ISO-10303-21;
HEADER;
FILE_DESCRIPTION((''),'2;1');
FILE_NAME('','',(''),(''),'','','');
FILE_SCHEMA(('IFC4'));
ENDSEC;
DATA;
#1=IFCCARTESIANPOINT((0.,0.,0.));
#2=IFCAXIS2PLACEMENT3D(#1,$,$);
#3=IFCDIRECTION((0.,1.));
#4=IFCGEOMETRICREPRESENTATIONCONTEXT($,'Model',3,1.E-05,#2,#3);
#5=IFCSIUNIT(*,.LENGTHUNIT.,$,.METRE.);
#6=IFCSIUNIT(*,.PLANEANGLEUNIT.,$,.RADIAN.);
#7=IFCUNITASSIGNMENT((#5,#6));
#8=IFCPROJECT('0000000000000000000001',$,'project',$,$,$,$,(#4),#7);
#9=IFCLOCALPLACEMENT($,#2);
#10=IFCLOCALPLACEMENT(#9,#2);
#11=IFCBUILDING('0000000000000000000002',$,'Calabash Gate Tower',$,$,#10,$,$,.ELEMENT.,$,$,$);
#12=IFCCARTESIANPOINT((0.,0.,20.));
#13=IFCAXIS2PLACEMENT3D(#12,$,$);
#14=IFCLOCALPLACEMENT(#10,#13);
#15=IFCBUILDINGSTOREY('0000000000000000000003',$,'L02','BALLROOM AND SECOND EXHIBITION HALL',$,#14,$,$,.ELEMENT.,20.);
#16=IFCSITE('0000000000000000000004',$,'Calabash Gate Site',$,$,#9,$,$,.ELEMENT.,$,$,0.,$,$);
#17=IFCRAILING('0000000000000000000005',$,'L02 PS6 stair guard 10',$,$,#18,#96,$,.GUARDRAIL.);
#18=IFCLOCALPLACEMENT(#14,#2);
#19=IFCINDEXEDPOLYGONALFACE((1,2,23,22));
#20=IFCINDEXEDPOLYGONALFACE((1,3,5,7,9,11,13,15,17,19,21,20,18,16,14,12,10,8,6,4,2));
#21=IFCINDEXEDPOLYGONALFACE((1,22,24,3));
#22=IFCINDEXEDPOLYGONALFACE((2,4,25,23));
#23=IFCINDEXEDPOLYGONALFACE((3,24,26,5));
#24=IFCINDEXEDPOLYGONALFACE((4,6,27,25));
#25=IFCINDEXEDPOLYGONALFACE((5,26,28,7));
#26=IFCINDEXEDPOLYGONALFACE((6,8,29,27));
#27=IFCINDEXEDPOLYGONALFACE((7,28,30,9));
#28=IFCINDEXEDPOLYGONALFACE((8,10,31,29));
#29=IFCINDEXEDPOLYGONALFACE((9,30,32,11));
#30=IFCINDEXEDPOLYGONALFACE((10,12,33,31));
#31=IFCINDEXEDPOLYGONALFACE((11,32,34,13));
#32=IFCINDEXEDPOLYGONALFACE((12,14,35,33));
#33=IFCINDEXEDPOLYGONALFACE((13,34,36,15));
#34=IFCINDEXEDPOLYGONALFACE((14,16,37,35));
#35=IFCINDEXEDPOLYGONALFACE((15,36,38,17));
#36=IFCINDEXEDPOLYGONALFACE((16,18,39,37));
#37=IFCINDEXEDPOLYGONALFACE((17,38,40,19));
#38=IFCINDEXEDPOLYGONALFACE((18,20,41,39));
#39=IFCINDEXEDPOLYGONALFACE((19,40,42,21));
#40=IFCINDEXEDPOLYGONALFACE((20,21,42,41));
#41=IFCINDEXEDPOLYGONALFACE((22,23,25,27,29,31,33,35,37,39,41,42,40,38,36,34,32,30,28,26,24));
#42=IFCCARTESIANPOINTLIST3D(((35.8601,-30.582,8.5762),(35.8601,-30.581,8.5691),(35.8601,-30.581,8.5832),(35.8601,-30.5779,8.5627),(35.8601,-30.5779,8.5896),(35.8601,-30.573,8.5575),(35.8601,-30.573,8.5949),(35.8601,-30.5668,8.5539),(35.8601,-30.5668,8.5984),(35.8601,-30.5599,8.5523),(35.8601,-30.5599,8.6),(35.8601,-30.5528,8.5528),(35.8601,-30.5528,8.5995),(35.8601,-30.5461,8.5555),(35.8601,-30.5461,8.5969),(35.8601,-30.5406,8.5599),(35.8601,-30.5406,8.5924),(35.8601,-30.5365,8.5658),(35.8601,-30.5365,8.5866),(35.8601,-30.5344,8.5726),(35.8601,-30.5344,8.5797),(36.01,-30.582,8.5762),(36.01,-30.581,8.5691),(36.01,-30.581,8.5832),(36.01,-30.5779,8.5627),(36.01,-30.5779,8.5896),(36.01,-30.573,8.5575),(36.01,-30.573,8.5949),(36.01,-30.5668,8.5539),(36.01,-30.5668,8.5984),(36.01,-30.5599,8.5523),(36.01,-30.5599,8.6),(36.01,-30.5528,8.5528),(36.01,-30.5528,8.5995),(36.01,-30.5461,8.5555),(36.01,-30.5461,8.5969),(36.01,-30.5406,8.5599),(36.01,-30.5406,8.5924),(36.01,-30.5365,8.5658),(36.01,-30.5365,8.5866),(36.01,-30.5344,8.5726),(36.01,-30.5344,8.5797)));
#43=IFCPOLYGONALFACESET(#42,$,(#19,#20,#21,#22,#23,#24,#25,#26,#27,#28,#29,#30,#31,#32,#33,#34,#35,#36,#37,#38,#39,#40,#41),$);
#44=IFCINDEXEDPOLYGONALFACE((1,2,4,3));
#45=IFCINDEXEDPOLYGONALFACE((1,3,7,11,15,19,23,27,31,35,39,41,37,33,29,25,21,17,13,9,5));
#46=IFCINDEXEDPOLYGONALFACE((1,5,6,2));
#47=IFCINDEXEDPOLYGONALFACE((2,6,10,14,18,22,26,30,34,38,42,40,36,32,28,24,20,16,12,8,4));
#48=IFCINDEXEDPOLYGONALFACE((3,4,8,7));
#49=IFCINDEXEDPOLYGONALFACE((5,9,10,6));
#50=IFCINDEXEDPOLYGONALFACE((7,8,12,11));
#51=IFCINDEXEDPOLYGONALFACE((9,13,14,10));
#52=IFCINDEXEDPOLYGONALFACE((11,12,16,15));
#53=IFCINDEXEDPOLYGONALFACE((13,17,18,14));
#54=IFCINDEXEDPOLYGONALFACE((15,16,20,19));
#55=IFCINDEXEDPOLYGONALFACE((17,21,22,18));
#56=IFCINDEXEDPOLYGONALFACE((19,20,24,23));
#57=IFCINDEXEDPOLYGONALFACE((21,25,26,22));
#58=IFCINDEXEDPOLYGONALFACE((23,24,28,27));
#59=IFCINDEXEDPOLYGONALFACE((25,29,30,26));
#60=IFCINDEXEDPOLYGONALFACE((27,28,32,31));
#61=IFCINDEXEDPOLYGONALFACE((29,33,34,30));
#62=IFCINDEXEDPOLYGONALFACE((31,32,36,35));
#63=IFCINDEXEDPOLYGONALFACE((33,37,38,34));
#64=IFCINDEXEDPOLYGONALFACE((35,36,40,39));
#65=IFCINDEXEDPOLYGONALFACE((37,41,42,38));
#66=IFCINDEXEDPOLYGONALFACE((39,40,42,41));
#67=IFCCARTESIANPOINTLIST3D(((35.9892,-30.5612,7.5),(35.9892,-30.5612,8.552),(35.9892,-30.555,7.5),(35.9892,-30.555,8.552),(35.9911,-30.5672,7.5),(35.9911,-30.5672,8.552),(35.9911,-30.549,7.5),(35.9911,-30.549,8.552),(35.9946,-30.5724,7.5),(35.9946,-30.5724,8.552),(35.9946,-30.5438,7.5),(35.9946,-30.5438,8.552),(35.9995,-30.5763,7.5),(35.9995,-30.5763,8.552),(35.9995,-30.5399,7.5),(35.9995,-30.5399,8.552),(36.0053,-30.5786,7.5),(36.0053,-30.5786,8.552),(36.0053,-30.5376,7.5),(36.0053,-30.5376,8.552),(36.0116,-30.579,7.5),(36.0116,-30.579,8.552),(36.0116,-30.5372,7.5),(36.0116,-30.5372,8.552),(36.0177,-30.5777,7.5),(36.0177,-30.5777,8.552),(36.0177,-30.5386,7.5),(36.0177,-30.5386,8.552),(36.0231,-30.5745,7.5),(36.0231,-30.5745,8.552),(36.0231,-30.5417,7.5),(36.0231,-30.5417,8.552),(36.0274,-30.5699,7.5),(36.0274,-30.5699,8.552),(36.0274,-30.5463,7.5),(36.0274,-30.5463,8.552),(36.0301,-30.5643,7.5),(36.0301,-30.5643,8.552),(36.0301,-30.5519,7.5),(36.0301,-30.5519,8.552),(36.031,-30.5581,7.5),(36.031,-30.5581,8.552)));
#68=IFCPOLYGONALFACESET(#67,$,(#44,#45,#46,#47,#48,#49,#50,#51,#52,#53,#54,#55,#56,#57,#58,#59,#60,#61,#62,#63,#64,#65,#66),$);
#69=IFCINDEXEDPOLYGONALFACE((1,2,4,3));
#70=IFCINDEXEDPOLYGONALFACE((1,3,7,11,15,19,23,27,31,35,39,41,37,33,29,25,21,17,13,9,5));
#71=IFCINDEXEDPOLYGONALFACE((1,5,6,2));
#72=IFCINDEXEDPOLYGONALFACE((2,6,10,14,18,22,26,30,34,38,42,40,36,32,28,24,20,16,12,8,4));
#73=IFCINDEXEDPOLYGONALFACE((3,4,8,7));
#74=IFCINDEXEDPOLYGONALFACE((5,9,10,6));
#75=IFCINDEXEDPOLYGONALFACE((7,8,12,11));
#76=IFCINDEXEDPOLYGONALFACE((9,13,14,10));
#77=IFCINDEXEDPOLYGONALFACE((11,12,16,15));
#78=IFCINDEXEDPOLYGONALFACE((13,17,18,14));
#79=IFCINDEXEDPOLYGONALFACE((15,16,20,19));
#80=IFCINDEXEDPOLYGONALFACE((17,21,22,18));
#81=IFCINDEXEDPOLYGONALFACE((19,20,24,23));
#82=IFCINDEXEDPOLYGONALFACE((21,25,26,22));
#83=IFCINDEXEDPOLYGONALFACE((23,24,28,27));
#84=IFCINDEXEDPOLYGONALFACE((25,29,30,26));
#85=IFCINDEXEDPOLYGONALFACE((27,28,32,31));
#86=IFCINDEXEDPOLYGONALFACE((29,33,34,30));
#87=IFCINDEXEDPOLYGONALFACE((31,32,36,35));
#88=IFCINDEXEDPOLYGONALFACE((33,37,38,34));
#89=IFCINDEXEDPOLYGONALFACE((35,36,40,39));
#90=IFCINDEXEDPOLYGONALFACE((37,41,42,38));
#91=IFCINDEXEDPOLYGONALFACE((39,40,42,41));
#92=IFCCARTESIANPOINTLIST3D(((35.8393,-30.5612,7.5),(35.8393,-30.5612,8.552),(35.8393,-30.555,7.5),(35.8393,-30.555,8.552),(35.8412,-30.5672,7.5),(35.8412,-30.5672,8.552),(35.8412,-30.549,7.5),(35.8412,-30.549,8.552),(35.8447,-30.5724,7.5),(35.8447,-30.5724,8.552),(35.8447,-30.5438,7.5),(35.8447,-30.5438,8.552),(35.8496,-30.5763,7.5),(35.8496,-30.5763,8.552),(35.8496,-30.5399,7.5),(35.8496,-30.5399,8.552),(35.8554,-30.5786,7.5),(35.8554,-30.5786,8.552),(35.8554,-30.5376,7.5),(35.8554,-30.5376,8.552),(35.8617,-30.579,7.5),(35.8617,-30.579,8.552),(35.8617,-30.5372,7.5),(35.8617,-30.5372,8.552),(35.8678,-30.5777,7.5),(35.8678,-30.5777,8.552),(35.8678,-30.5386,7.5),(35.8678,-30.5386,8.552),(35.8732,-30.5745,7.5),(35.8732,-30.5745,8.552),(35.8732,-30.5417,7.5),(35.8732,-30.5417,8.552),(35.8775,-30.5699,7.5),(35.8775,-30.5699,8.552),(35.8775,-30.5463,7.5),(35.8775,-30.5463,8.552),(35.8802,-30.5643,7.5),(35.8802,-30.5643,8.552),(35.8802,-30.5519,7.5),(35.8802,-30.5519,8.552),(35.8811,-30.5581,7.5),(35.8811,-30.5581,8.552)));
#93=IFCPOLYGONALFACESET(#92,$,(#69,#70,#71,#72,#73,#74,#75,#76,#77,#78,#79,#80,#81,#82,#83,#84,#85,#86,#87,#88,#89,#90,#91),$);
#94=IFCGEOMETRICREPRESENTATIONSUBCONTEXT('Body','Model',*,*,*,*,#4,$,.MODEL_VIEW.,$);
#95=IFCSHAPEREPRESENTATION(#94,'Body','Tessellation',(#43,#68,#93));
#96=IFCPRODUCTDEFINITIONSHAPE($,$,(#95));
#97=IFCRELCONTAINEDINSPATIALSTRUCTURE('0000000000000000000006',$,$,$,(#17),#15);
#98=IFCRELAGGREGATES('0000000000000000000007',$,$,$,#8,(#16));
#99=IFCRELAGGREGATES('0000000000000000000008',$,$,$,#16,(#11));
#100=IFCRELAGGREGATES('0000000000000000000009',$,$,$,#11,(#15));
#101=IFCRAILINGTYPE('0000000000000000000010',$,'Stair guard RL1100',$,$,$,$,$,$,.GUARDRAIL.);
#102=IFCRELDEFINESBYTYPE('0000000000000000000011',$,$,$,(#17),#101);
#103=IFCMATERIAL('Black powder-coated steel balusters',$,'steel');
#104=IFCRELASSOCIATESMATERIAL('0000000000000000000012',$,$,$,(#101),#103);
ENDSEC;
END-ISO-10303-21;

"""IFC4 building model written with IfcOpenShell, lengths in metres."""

from ifc_helpers import new_model, si_unit, direction, frame, origin, origin_2d, place, context, subcontext, project, spatial, circle, extrude, material, type_object, element, save


model = new_model("IFC4")

# Units and contexts
model_context = context("Model", 3, precision=1e-05, world=origin(), true_north=direction((0.0, 1.0)))
body_context = subcontext(model_context, "Body", "Model", "MODEL_VIEW")
ifc_project = project(units=[si_unit("LENGTHUNIT", "METRE"), si_unit("PLANEANGLEUNIT", "RADIAN")], contexts=[model_context])

# Site, building, storey
site_placement = place(None, origin())
site = spatial("IfcSite", under=ifc_project, at=site_placement, Name="Calabash Gate Site", CompositionType="ELEMENT", RefElevation=0.0)
building_placement = place(site_placement, origin())
building = spatial("IfcBuilding", under=site, at=building_placement, Name="Calabash Gate Tower", CompositionType="ELEMENT")
storey_placement = place(building_placement, frame((0.0, 0.0, 20.0)))
storey = spatial("IfcBuildingStorey", under=building, at=storey_placement, Name="L02", Description="BALLROOM AND SECOND EXHIBITION HALL", CompositionType="ELEMENT", Elevation=20.0)

# Railing
ifc_material_1 = material(Name="Black powder-coated steel balusters", Category="steel")
railing_type_1 = type_object("IfcRailingType", Name="Stair guard RL1100", PredefinedType="GUARDRAIL", material=ifc_material_1)
for number, where, name in (
    (1, (36.01, -30.5581, 7.5), "L02 PS6 stair guard 10"),
):
    element("IfcRailing", number, at=place(storey_placement, frame(where)), inside=storey, type_object=railing_type_1, Name=name, PredefinedType="GUARDRAIL", context=body_context, shape_type="SweptSolid", body=[
        extrude(circle(Radius=0.0239, at=origin_2d()), frame((0.0, 0.0, 1.0762), z_axis=(-1.0, 0.0, 0.0), x_axis=(0.0, -1.0, 0.0)), (0.0, 0.0, 1.0), 0.1499),
        extrude(circle(Radius=0.021, at=origin_2d()), origin(), (0.0, 0.0, 1.0), 1.052),
        extrude(circle(Radius=0.021, at=origin_2d()), frame((-0.1499, 0.0, 0.0)), (0.0, 0.0, 1.0), 1.052),
    ])

save(model, "model.ifc")
